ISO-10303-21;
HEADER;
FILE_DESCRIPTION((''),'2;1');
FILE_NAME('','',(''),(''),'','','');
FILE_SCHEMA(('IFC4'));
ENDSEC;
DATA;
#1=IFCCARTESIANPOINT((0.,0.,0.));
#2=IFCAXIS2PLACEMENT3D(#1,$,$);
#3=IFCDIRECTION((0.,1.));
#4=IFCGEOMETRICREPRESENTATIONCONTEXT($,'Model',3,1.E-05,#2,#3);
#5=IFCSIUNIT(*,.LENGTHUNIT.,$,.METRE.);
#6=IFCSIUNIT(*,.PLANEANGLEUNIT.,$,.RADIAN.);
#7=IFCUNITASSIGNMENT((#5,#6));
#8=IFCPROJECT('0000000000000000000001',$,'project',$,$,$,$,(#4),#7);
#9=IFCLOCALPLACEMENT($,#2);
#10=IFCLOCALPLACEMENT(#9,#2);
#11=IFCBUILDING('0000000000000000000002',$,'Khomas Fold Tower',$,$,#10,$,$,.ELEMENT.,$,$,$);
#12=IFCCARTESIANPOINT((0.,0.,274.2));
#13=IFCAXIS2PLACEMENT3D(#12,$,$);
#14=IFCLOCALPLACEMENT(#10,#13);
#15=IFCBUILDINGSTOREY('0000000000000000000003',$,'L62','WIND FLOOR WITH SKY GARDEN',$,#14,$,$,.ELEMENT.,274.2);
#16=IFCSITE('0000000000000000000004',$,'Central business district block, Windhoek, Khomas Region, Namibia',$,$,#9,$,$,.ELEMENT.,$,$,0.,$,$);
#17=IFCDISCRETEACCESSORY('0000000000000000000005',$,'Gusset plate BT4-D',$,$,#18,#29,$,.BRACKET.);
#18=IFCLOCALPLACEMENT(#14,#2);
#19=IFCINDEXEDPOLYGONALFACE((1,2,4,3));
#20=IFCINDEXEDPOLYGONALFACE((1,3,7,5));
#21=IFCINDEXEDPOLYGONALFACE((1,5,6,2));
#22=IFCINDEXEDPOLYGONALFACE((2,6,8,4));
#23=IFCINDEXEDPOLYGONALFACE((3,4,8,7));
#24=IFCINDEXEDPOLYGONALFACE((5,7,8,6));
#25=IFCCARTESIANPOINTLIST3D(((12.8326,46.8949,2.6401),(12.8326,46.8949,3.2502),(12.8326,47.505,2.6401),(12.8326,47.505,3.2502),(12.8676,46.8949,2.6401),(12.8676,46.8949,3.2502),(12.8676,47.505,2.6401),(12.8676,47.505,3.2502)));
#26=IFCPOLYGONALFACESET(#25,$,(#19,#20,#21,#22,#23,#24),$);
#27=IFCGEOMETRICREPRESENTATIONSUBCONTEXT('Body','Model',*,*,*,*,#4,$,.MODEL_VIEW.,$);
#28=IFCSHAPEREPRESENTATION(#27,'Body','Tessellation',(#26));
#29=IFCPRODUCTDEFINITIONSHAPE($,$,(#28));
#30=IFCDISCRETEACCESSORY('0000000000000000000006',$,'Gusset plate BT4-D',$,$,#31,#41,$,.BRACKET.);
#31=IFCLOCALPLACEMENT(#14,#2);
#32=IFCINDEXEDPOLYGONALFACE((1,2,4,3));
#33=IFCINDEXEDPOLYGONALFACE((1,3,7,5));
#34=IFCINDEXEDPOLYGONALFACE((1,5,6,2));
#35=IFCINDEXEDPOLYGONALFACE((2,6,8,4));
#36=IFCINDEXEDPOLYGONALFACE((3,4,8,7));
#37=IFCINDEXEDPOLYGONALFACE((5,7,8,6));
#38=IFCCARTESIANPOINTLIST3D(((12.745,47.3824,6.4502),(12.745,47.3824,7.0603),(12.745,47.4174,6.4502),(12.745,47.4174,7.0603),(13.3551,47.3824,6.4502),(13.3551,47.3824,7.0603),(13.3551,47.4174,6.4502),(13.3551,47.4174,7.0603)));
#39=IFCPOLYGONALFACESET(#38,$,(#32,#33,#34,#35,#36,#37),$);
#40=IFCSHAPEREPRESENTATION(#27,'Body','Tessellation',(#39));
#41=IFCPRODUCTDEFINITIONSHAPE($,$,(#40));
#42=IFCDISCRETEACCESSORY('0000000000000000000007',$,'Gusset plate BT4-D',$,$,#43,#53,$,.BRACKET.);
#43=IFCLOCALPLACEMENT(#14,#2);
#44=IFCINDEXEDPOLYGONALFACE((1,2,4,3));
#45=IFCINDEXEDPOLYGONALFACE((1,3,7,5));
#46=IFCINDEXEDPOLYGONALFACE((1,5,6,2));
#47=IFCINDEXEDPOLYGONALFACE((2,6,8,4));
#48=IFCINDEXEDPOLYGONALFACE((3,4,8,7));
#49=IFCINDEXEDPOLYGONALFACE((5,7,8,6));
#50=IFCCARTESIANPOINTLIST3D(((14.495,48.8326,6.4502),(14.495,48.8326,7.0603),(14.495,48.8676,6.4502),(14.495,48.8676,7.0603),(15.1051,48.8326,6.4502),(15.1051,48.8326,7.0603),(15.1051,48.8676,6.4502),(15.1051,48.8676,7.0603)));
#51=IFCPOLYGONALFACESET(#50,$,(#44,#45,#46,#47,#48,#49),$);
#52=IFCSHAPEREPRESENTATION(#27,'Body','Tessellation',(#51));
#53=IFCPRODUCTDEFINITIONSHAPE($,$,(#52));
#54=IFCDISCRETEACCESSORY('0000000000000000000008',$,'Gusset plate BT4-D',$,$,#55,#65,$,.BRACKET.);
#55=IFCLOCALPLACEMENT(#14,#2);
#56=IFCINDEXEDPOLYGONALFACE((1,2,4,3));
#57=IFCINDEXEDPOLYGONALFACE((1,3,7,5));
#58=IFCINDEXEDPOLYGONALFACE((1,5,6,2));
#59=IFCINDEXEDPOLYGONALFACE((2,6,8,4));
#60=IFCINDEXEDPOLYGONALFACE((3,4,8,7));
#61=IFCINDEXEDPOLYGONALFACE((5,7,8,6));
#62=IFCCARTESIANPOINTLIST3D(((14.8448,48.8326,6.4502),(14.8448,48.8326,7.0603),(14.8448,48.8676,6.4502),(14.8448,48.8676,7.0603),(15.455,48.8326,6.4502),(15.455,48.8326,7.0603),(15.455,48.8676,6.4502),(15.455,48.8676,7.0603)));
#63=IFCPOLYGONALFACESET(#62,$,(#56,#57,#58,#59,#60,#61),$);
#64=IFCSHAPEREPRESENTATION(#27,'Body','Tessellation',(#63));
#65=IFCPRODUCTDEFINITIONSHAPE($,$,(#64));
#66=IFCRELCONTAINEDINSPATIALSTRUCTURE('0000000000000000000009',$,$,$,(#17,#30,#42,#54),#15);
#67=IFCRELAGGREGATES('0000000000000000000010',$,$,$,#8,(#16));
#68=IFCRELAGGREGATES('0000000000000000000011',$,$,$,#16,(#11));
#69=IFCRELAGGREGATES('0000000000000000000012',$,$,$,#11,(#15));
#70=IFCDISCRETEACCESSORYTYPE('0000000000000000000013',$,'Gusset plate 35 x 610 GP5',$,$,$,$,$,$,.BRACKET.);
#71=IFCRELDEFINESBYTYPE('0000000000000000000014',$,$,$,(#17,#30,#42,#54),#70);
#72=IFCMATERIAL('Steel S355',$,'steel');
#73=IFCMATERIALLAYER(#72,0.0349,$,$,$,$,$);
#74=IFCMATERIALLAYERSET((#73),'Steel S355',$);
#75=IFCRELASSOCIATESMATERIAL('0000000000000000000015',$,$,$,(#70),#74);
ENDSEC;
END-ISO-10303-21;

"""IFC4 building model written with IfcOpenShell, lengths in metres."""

from ifc_helpers import new_model, si_unit, direction, frame, origin, origin_2d, place, context, subcontext, project, spatial, rectangle, extrude, source, transform, mapped, material, layer, layer_set, type_object, element, save


model = new_model("IFC4")

# Units and contexts
model_context = context("Model", 3, precision=1e-05, world=origin(), true_north=direction((0.0, 1.0)))
body_context = subcontext(model_context, "Body", "Model", "MODEL_VIEW")
ifc_project = project(units=[si_unit("LENGTHUNIT", "METRE"), si_unit("PLANEANGLEUNIT", "RADIAN")], contexts=[model_context])

# Site, building, storey
site_placement = place(None, origin())
site = spatial("IfcSite", under=ifc_project, at=site_placement, Name="Central business district block, Windhoek, Khomas Region, Namibia", CompositionType="ELEMENT", RefElevation=0.0)
building_placement = place(site_placement, origin())
building = spatial("IfcBuilding", under=site, at=building_placement, Name="Khomas Fold Tower", CompositionType="ELEMENT")
storey_placement = place(building_placement, frame((0.0, 0.0, 274.2)))
storey = spatial("IfcBuildingStorey", under=building, at=storey_placement, Name="L62", Description="WIND FLOOR WITH SKY GARDEN", CompositionType="ELEMENT", Elevation=274.2)

# Discrete accessories
ifc_material_1 = material(Name="Steel S355", Category="steel")
ifc_layer_1 = layer(ifc_material_1, 0.0349)
ifc_layer_set_1 = layer_set([ifc_layer_1], Name="Steel S355")
discrete_accessory_type = type_object("IfcDiscreteAccessoryType", Name="Gusset plate 35 x 610 GP5", PredefinedType="BRACKET", material=ifc_layer_set_1)
shared_shape_1 = source(origin(), body_context, "Body", "SweptSolid", [
    extrude(rectangle(XDim=0.6101, YDim=0.0349, at=origin_2d()), origin(), (0.0, 0.0, 1.0), 0.6101),
])
for number, where, z_axis, x_axis, name in (
    (1, (12.8501, 47.2, 2.6401), (0.0, 0.0, 1.0), (0.0, 1.0, 0.0), "Gusset plate BT4-D"),
    (2, (13.05, 47.3999, 6.4502), (0.0, 0.0, 1.0), (1.0, 0.0, 0.0), "Gusset plate BT4-D"),
    (3, (14.8, 48.8501, 6.4502), (0.0, 0.0, 1.0), (1.0, 0.0, 0.0), "Gusset plate BT4-D"),
    (4, (15.1499, 48.8501, 6.4502), (0.0, 0.0, 1.0), (1.0, 0.0, 0.0), "Gusset plate BT4-D"),
):
    element("IfcDiscreteAccessory", number, at=place(storey_placement, frame(where, z_axis=z_axis, x_axis=x_axis)), inside=storey, type_object=discrete_accessory_type, Name=name, PredefinedType="BRACKET", context=body_context, shape_type="MappedRepresentation", body=[
        mapped(shared_shape_1, transform((0.0, 0.0, 0.0))),
    ])

save(model, "model.ifc")
